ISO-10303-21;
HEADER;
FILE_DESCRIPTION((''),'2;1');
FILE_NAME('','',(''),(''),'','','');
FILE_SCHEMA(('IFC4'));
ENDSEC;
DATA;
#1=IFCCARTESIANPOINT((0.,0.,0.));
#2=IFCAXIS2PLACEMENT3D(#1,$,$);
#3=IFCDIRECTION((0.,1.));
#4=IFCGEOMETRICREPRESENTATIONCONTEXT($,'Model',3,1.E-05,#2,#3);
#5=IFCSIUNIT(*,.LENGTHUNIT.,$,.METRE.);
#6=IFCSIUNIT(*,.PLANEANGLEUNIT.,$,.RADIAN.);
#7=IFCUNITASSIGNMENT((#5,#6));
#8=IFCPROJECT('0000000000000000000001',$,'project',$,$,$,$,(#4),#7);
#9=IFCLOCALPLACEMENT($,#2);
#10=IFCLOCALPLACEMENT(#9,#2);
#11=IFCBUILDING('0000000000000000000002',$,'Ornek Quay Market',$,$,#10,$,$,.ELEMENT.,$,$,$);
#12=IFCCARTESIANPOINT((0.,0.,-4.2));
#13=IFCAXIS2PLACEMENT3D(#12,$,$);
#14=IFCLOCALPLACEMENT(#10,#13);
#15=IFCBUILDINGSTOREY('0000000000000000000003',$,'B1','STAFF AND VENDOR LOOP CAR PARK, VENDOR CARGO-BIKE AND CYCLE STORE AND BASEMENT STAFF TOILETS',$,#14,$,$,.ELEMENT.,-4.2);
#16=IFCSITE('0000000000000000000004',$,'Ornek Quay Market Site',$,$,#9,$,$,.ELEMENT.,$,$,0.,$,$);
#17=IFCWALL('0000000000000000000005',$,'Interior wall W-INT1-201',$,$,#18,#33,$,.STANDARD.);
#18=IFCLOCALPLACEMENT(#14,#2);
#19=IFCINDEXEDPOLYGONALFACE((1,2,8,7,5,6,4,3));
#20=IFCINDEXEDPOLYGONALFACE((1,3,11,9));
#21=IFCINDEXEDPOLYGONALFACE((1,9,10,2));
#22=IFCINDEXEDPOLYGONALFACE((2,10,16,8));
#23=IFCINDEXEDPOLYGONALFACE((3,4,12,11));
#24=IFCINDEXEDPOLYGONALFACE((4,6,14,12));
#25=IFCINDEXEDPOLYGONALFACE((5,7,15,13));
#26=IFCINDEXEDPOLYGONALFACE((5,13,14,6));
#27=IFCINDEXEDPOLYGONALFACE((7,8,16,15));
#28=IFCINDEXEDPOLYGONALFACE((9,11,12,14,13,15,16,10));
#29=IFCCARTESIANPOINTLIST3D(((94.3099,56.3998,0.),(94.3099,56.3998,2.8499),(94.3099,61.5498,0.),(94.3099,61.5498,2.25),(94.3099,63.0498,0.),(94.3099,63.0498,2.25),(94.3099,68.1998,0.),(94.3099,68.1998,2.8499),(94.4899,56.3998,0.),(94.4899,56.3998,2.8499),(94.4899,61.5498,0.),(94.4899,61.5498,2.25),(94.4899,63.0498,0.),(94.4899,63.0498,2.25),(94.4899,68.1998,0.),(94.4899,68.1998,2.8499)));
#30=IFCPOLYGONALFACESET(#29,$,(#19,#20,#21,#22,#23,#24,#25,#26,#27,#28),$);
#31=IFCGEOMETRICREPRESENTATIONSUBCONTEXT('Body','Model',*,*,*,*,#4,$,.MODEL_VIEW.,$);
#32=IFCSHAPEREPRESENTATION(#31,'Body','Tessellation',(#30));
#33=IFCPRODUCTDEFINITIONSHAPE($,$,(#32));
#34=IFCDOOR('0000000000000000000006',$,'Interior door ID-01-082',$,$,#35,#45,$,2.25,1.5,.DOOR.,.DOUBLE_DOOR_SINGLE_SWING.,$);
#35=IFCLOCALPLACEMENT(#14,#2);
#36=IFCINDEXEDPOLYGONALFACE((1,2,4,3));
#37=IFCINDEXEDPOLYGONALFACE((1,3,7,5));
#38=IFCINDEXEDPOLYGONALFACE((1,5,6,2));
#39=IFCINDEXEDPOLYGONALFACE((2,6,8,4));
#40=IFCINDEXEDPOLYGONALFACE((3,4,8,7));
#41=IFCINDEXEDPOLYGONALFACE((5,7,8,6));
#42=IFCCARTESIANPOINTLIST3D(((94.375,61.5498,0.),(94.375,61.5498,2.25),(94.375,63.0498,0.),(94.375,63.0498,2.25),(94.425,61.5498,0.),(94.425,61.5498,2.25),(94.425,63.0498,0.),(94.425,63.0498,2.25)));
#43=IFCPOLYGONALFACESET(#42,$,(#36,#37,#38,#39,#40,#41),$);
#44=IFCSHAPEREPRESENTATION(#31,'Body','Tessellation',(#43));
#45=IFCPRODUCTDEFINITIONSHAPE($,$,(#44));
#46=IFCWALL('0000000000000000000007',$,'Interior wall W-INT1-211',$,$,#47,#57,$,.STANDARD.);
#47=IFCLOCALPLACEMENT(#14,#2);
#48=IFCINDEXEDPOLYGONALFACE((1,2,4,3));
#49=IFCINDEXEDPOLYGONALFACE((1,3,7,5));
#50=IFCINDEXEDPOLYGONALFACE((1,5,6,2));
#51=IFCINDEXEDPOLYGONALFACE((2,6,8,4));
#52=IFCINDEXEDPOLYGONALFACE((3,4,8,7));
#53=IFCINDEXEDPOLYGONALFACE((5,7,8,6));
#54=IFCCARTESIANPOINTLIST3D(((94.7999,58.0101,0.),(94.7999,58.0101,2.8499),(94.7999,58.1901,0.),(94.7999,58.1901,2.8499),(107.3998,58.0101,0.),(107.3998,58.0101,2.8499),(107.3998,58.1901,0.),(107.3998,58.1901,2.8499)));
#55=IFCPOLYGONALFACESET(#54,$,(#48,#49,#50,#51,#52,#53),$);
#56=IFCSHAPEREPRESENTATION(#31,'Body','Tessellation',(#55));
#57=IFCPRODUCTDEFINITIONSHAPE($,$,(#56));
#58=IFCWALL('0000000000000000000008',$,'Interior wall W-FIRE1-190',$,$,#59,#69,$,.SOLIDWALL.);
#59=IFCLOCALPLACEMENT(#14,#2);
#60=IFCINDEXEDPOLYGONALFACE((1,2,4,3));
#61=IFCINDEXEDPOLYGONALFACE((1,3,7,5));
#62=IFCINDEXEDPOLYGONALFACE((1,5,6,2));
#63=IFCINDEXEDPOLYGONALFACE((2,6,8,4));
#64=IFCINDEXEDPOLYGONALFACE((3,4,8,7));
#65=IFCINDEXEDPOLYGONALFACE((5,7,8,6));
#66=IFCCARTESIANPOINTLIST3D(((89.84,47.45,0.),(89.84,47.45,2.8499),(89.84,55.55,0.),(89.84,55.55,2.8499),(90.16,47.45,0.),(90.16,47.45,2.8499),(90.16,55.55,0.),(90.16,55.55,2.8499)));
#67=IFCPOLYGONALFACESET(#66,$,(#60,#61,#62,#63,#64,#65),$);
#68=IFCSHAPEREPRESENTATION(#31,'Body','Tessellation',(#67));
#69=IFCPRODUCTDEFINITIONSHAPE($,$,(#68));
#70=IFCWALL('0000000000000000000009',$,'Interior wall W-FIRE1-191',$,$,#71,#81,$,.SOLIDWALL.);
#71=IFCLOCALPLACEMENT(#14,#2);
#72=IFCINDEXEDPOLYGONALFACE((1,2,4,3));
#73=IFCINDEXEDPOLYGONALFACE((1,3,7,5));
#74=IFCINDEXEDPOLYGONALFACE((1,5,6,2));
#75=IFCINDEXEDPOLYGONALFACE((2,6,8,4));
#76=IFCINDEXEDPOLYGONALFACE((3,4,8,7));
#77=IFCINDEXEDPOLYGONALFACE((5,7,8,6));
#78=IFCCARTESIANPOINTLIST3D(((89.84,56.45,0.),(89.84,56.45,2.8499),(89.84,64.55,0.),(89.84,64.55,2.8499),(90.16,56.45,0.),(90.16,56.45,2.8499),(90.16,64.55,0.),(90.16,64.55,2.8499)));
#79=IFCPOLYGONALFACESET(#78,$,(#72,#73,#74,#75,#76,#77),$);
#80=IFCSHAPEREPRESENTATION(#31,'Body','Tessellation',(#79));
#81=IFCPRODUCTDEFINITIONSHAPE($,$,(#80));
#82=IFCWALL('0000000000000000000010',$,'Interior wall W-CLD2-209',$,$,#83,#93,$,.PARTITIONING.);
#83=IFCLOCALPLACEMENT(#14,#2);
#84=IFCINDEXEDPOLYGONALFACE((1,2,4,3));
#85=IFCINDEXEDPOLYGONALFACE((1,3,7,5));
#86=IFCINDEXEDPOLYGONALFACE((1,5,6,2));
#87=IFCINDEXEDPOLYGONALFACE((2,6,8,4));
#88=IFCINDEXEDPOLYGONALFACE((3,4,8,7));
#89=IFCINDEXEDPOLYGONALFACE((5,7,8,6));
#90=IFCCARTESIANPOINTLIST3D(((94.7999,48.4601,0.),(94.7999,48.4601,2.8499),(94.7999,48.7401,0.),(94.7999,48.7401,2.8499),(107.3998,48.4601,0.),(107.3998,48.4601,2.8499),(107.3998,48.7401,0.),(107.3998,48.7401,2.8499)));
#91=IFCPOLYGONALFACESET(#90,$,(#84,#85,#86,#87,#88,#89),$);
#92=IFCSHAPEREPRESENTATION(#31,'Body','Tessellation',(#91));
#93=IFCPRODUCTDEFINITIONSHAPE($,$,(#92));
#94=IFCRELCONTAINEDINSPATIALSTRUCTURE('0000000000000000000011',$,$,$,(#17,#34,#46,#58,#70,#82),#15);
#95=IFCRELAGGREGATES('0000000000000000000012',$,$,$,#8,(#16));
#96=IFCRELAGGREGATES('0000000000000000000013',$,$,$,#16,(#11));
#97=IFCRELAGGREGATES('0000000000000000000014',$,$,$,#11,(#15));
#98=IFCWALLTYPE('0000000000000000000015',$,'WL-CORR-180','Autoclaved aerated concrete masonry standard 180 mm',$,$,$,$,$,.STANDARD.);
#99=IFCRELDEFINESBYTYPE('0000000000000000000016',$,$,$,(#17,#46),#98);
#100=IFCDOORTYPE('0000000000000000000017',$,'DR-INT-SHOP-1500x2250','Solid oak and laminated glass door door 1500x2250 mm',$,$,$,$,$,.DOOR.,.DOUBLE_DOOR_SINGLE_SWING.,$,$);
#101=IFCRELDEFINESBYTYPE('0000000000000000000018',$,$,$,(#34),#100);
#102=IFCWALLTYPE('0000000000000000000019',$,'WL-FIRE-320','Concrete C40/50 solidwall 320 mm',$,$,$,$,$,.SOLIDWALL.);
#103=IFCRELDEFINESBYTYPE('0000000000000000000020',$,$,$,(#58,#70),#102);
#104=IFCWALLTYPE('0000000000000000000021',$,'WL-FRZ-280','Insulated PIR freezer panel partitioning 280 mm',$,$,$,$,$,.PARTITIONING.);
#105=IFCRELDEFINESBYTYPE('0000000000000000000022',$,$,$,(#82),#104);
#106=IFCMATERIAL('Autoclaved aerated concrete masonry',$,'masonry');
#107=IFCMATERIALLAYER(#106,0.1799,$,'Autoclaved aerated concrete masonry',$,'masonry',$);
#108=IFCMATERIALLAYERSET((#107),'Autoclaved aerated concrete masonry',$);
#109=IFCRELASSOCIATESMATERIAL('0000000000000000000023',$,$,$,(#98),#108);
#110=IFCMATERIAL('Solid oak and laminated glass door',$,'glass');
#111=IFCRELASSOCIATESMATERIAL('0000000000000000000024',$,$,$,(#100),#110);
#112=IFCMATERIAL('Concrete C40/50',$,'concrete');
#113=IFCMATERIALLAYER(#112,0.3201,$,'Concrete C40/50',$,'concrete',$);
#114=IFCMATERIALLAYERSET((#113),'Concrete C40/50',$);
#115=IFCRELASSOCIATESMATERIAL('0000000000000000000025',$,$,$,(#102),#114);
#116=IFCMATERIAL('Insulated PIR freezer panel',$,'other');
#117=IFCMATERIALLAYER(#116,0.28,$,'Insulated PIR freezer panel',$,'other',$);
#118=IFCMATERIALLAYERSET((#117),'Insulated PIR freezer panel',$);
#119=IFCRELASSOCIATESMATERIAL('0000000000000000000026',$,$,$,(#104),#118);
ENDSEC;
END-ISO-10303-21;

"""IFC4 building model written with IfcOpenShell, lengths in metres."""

from ifc_helpers import new_model, si_unit, direction, frame, frame_2d, origin, place, context, subcontext, project, spatial, rectangle, extrude, material, layer, layer_set, type_object, element, fill, save


model = new_model("IFC4")

# Units and contexts
model_context = context("Model", 3, precision=1e-05, world=origin(), true_north=direction((0.0, 1.0)))
body_context = subcontext(model_context, "Body", "Model", "MODEL_VIEW")
ifc_project = project(units=[si_unit("LENGTHUNIT", "METRE"), si_unit("PLANEANGLEUNIT", "RADIAN")], contexts=[model_context])

# Site, building, storey
site_placement = place(None, origin())
site = spatial("IfcSite", under=ifc_project, at=site_placement, Name="Ornek Quay Market Site", CompositionType="ELEMENT", RefElevation=0.0)
building_placement = place(site_placement, origin())
building = spatial("IfcBuilding", under=site, at=building_placement, Name="Ornek Quay Market", CompositionType="ELEMENT")
storey_placement = place(building_placement, frame((0.0, 0.0, -4.2)))
storey = spatial("IfcBuildingStorey", under=building, at=storey_placement, Name="B1", Description="STAFF AND VENDOR LOOP CAR PARK, VENDOR CARGO-BIKE AND CYCLE STORE AND BASEMENT STAFF TOILETS", CompositionType="ELEMENT", Elevation=-4.2)

# Shared definitions
ifc_material_1 = material(Name="Concrete C40/50", Category="concrete")

# Wall, opening, door
ifc_material_2 = material(Name="Autoclaved aerated concrete masonry", Category="masonry")
ifc_layer_1 = layer(ifc_material_2, 0.1799, Name="Autoclaved aerated concrete masonry", Category="masonry")
ifc_layer_set_1 = layer_set([ifc_layer_1], Name="Autoclaved aerated concrete masonry")
wall_type_1 = type_object("IfcWallType", Name="WL-CORR-180", Description="Autoclaved aerated concrete masonry standard 180 mm", PredefinedType="STANDARD", material=ifc_layer_set_1)
wall_1_placement = place(storey_placement, frame((94.3999, 56.3999, 0.0), z_axis=(0.0, 0.0, 1.0), x_axis=(0.0, 1.0, 0.0)))
wall_1 = element("IfcWall", 1, at=wall_1_placement, inside=storey, type_object=wall_type_1, Name="Interior wall W-INT1-201", PredefinedType="STANDARD", context=body_context, shape_type="SweptSolid", body=[
    extrude(rectangle(XDim=11.8, YDim=0.1799, at=frame_2d((5.8999, 0.0))), origin(), (0.0, 0.0, 1.0), 2.8499),
])
opening_placement = place(wall_1_placement, frame((5.1499, 0.0, 0.0)))
opening = element("IfcOpeningElement", 2, at=opening_placement, cuts=wall_1, PredefinedType="OPENING", context=body_context, shape_type="SweptSolid", body=[
    extrude(rectangle(XDim=1.5, YDim=2.25, at=frame_2d((0.75, 1.125))), frame((0.0, 0.0999, 0.0), z_axis=(0.0, -1.0, 0.0), x_axis=(1.0, 0.0, 0.0)), (0.0, 0.0, 1.0), 0.2),
])
ifc_material_3 = material(Name="Solid oak and laminated glass door", Category="glass")
door_type = type_object("IfcDoorType", Name="DR-INT-SHOP-1500x2250", Description="Solid oak and laminated glass door door 1500x2250 mm", OperationType="DOUBLE_DOOR_SINGLE_SWING", PredefinedType="DOOR", material=ifc_material_3)
door_placement = place(opening_placement, origin())
door = element("IfcDoor", 3, at=door_placement, inside=storey, type_object=door_type, Name="Interior door ID-01-082", OperationType="DOUBLE_DOOR_SINGLE_SWING", OverallHeight=2.25, OverallWidth=1.5, PredefinedType="DOOR", context=body_context, shape_type="SweptSolid", body=[
    extrude(rectangle(XDim=1.5, YDim=2.25, at=frame_2d((0.75, 1.125))), frame((0.0, 0.0249, 0.0), z_axis=(0.0, -1.0, 0.0), x_axis=(1.0, 0.0, 0.0)), (0.0, 0.0, 1.0), 0.05),
])
fill(opening, door)

# Walls
wall_2_placement = place(storey_placement, frame((94.8, 58.1001, 0.0), z_axis=(0.0, 0.0, 1.0), x_axis=(1.0, 0.0, 0.0)))
element("IfcWall", 4, at=wall_2_placement, inside=storey, type_object=wall_type_1, Name="Interior wall W-INT1-211", PredefinedType="STANDARD", context=body_context, shape_type="SweptSolid", body=[
    extrude(rectangle(XDim=12.5999, YDim=0.1799, at=frame_2d((6.2998, 0.0))), origin(), (0.0, 0.0, 1.0), 2.8499),
])
ifc_layer_2 = layer(ifc_material_1, 0.3201, Name="Concrete C40/50", Category="concrete")
ifc_layer_set_2 = layer_set([ifc_layer_2], Name="Concrete C40/50")
wall_type_2 = type_object("IfcWallType", Name="WL-FIRE-320", Description="Concrete C40/50 solidwall 320 mm", PredefinedType="SOLIDWALL", material=ifc_layer_set_2)
for number, where, z_axis, x_axis, name in (
    (5, (90.0, 47.45, 0.0), (0.0, 0.0, 1.0), (0.0, 1.0, 0.0), "Interior wall W-FIRE1-190"),
    (6, (90.0, 56.45, 0.0), (0.0, 0.0, 1.0), (0.0, 1.0, 0.0), "Interior wall W-FIRE1-191"),
):
    element("IfcWall", number, at=place(storey_placement, frame(where, z_axis=z_axis, x_axis=x_axis)), inside=storey, type_object=wall_type_2, Name=name, PredefinedType="SOLIDWALL", context=body_context, shape_type="SweptSolid", body=[
        extrude(rectangle(XDim=8.1001, YDim=0.3201, at=frame_2d((4.05, 0.0))), origin(), (0.0, 0.0, 1.0), 2.8499),
    ])
ifc_material_4 = material(Name="Insulated PIR freezer panel", Category="other")
ifc_layer_3 = layer(ifc_material_4, 0.28, Name="Insulated PIR freezer panel", Category="other")
ifc_layer_set_3 = layer_set([ifc_layer_3], Name="Insulated PIR freezer panel")
wall_type_3 = type_object("IfcWallType", Name="WL-FRZ-280", Description="Insulated PIR freezer panel partitioning 280 mm", PredefinedType="PARTITIONING", material=ifc_layer_set_3)
wall_3_placement = place(storey_placement, frame((94.8, 48.6001, 0.0), z_axis=(0.0, 0.0, 1.0), x_axis=(1.0, 0.0, 0.0)))
element("IfcWall", 7, at=wall_3_placement, inside=storey, type_object=wall_type_3, Name="Interior wall W-CLD2-209", PredefinedType="PARTITIONING", context=body_context, shape_type="SweptSolid", body=[
    extrude(rectangle(XDim=12.5999, YDim=0.28, at=frame_2d((6.2998, 0.0))), origin(), (0.0, 0.0, 1.0), 2.8499),
])

save(model, "model.ifc")
